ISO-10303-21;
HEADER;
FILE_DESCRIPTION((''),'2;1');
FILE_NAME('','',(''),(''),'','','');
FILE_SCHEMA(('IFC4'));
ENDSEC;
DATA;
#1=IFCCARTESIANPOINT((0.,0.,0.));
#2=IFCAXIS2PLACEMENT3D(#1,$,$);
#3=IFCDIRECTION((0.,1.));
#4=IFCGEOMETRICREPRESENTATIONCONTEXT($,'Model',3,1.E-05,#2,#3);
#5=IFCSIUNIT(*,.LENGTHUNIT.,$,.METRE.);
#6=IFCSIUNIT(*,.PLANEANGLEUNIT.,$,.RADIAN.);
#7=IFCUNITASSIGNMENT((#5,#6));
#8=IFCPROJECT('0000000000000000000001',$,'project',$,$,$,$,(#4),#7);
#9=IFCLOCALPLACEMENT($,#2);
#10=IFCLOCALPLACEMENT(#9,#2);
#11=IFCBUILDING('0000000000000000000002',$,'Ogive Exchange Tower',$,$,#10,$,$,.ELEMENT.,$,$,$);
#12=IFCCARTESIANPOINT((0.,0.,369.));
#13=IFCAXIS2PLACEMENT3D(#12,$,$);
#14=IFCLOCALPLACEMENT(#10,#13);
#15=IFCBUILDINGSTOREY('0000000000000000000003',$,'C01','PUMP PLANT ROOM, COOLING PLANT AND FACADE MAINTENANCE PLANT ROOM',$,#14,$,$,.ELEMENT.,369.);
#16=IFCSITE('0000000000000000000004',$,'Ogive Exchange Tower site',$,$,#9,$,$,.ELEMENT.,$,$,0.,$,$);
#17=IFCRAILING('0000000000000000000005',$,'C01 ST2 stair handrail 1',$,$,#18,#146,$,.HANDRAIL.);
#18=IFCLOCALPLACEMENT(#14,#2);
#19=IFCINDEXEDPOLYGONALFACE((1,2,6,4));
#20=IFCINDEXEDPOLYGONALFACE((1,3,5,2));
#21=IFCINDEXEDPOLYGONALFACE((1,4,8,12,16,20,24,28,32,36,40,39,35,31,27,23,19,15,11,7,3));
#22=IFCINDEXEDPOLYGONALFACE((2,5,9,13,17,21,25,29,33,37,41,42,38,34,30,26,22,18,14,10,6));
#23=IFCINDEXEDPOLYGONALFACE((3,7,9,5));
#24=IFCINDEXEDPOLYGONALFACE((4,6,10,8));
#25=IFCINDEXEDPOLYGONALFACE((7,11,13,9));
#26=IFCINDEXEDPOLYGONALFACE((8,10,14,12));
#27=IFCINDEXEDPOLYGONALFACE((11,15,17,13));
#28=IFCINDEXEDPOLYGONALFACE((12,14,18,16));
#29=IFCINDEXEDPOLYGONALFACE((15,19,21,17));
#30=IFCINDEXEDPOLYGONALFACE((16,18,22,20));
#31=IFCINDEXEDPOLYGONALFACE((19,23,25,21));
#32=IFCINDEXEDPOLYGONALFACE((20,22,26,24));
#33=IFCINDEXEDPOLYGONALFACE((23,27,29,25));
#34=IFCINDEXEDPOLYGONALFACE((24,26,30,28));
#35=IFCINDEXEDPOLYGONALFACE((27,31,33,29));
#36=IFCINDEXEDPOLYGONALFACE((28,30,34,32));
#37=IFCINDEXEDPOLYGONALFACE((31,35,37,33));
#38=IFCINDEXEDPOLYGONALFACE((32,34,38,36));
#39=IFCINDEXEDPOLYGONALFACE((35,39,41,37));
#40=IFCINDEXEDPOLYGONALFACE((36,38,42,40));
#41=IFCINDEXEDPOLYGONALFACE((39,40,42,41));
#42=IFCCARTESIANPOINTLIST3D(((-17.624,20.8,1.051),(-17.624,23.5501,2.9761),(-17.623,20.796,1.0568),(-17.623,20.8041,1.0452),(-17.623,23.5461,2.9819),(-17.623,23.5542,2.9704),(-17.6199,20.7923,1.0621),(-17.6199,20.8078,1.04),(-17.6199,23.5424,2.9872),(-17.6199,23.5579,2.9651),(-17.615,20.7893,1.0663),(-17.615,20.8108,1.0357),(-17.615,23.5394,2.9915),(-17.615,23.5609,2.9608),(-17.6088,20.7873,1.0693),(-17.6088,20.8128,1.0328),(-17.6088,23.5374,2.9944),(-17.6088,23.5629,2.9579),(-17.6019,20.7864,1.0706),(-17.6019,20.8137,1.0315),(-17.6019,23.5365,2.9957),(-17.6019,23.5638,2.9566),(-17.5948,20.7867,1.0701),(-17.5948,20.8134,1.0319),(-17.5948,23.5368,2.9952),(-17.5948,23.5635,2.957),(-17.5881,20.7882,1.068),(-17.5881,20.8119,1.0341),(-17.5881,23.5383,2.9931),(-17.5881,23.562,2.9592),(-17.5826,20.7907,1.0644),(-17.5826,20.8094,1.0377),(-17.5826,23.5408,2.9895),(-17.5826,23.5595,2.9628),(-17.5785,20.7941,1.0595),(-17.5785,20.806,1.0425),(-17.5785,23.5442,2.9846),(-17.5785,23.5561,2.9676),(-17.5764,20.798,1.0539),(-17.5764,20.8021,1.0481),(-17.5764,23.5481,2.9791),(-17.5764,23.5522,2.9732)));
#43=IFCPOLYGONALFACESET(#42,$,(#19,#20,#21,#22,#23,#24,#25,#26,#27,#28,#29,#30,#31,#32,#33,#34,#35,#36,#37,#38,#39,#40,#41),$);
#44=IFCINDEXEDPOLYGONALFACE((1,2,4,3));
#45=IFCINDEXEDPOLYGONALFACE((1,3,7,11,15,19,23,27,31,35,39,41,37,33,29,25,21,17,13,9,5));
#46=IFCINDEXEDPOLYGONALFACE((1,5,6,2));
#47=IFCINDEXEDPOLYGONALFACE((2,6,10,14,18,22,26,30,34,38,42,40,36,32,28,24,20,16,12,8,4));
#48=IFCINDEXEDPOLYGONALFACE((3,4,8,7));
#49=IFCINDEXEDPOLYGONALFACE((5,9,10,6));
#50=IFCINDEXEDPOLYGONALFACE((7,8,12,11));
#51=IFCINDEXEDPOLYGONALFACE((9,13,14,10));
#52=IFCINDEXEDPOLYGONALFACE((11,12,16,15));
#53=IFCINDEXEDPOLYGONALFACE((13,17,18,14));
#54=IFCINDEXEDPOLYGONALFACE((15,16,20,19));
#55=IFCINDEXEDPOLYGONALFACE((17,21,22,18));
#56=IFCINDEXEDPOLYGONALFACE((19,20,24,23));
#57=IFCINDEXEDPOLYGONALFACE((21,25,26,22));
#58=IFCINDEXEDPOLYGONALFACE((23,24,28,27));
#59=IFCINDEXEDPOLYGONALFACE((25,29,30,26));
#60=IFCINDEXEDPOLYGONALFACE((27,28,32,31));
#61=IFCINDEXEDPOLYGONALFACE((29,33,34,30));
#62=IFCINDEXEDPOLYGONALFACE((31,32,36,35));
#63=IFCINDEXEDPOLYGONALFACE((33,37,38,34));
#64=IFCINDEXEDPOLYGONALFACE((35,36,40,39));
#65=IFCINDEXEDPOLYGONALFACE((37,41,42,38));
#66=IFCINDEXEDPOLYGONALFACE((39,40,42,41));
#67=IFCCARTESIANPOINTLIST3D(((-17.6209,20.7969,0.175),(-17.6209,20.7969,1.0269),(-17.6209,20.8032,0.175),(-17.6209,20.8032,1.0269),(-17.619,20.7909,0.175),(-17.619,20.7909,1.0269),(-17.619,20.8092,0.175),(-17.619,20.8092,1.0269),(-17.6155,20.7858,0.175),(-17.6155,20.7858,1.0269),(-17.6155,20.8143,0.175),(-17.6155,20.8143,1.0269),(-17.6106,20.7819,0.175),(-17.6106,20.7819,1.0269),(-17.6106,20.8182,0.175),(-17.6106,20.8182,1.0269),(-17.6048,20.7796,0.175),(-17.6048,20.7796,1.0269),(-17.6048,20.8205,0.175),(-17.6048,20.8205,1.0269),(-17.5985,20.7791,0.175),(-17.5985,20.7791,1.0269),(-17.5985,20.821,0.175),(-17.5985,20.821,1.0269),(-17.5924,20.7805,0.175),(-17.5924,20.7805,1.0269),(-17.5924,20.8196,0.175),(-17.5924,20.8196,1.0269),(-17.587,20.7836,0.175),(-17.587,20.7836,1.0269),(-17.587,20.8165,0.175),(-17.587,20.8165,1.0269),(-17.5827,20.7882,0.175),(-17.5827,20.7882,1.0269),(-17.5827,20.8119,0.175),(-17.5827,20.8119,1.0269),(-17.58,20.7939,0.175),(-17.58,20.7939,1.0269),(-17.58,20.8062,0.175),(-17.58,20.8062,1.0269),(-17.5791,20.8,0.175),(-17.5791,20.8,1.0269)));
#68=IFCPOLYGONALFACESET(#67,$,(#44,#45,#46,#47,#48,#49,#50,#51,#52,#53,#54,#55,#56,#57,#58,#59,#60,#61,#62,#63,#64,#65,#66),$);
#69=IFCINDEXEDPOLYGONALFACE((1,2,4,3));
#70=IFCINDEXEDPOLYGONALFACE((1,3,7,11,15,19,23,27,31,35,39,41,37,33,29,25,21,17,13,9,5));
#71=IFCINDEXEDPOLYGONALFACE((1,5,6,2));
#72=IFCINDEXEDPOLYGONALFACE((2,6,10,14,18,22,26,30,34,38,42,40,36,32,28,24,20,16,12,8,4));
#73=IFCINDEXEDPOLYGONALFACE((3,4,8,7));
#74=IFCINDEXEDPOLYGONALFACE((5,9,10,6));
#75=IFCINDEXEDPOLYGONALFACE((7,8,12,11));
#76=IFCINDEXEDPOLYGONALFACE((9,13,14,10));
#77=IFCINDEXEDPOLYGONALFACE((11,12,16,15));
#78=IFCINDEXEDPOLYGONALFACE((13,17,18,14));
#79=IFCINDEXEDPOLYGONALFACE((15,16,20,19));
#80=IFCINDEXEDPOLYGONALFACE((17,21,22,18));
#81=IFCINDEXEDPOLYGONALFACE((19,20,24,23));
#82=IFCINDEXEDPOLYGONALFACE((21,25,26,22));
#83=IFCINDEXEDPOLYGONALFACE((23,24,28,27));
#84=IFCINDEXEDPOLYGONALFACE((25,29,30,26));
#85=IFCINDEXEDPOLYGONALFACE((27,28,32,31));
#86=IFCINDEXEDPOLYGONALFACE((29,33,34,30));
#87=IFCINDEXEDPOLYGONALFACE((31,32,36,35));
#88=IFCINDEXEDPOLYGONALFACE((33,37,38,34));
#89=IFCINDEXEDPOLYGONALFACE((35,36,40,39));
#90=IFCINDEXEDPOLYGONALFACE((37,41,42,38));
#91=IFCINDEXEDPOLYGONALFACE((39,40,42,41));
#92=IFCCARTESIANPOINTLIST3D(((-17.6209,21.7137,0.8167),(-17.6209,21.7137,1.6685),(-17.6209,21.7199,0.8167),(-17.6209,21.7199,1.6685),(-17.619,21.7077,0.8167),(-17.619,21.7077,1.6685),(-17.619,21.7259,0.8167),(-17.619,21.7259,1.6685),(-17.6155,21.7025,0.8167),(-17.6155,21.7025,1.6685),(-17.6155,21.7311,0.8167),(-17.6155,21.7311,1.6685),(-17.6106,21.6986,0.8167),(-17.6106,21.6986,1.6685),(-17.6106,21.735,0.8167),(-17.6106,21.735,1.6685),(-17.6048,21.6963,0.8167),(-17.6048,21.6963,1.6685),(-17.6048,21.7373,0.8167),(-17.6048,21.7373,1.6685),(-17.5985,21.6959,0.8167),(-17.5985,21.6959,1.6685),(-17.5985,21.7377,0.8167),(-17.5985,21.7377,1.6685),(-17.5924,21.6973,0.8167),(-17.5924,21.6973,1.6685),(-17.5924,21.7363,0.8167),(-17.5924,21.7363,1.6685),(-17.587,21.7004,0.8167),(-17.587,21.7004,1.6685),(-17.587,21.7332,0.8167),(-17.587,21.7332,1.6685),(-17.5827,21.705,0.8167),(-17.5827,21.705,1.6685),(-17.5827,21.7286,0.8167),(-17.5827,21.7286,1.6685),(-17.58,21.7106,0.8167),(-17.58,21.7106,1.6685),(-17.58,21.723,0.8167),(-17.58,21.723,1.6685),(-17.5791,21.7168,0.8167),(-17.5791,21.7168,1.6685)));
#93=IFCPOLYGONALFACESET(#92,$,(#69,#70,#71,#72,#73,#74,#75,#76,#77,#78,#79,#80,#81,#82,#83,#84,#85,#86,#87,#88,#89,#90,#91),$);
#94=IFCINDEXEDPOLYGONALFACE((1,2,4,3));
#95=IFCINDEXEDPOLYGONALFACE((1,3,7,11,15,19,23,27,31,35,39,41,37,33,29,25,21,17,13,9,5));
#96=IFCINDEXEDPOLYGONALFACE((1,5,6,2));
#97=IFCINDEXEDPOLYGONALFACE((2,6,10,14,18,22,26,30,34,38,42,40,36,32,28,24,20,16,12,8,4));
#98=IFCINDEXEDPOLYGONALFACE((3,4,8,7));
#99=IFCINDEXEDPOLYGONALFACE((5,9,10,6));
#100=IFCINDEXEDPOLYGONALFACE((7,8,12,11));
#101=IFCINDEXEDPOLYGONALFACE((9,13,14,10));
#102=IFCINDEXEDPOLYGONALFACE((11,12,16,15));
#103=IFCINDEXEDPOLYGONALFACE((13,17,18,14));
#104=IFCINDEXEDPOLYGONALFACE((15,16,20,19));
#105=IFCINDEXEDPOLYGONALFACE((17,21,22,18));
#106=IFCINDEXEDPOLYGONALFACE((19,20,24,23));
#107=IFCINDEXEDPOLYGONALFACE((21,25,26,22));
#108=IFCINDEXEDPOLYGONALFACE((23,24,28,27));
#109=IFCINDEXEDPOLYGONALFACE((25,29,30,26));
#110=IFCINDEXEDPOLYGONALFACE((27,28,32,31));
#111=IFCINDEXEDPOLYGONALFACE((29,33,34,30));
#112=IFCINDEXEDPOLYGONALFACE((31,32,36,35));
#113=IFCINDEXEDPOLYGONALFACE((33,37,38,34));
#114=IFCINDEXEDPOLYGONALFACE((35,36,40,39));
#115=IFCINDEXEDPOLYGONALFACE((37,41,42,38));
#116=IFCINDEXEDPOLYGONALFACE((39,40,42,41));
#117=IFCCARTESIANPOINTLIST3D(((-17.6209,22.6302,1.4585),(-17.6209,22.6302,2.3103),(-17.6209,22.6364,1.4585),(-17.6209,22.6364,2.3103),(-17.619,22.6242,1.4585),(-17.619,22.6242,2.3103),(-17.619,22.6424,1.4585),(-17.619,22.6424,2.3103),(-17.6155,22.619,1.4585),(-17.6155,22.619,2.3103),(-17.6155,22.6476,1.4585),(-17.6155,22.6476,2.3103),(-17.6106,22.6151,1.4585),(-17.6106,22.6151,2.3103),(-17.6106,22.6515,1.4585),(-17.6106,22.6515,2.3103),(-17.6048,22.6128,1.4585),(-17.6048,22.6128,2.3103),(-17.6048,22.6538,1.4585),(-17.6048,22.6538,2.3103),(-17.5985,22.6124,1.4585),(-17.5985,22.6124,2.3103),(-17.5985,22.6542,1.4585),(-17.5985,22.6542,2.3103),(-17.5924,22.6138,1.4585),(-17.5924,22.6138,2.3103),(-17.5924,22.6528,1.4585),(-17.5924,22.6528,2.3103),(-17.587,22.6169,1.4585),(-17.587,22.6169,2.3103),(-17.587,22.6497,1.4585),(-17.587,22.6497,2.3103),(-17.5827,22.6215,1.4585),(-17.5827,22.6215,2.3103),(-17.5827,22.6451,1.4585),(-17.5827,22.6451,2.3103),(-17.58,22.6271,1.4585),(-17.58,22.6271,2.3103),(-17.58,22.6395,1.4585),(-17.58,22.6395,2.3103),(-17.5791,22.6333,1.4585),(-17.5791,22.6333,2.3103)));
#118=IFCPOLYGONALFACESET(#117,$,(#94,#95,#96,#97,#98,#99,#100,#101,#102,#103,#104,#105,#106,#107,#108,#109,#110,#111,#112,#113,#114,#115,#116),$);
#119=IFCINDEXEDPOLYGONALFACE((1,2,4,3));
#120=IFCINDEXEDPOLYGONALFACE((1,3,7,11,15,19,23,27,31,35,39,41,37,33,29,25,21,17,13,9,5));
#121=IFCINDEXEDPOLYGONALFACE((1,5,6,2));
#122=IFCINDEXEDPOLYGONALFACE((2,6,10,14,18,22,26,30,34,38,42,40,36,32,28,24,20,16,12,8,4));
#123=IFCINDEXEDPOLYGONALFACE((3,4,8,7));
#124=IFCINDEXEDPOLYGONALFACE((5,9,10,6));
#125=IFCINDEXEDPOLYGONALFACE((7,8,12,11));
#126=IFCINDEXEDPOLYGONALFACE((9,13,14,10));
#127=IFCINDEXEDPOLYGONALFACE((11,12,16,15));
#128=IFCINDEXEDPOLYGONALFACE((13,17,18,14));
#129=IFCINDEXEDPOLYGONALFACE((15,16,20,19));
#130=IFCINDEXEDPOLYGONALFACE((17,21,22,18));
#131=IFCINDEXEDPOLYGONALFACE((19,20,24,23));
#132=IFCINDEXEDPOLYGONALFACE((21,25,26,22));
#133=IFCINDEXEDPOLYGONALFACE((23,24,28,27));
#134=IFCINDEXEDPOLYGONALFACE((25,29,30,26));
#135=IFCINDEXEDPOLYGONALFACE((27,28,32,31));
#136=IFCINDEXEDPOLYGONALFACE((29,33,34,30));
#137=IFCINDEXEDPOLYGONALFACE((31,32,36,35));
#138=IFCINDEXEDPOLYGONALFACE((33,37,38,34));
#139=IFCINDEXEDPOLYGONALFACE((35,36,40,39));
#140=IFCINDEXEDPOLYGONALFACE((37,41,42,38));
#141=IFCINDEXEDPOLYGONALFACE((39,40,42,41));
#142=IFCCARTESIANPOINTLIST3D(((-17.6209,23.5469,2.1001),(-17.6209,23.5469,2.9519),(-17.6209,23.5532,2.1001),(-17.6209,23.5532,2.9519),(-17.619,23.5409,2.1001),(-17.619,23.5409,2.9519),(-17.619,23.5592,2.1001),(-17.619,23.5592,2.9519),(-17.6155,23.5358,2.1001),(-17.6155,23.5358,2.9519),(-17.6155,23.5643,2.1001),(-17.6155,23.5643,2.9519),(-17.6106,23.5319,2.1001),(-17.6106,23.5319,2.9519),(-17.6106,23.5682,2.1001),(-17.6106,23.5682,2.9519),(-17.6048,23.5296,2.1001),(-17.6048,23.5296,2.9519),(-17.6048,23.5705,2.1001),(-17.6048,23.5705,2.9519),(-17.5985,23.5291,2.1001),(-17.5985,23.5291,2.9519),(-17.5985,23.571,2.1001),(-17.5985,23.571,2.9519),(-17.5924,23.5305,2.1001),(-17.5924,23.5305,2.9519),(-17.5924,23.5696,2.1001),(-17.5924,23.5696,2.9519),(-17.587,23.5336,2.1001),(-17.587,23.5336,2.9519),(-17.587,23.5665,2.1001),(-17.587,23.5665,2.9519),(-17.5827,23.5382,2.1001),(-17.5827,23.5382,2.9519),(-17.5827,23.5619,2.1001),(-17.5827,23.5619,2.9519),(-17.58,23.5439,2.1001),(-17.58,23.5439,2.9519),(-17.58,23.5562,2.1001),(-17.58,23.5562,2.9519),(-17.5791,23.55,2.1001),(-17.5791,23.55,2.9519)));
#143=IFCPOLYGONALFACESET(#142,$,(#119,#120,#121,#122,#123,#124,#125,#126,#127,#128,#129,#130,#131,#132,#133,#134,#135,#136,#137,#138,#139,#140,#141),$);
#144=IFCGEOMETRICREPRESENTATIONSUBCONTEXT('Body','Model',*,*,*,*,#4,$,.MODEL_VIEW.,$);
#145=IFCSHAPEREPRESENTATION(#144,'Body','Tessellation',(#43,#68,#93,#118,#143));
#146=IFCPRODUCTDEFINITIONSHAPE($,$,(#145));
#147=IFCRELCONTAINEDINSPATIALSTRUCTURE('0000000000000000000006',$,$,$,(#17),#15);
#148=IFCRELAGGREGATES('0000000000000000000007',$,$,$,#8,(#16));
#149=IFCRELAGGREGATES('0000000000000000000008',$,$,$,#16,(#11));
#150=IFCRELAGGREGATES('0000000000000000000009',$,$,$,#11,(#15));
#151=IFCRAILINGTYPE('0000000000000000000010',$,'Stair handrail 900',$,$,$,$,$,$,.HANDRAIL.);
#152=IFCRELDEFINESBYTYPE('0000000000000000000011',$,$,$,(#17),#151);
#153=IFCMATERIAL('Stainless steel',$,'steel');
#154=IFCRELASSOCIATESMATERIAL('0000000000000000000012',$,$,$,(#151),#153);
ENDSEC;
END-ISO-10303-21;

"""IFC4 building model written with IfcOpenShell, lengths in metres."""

from ifc_helpers import new_model, si_unit, direction, frame, origin, origin_2d, place, context, subcontext, project, spatial, circle, extrude, material, type_object, element, save


model = new_model("IFC4")

# Units and contexts
model_context = context("Model", 3, precision=1e-05, world=origin(), true_north=direction((0.0, 1.0)))
body_context = subcontext(model_context, "Body", "Model", "MODEL_VIEW")
ifc_project = project(units=[si_unit("LENGTHUNIT", "METRE"), si_unit("PLANEANGLEUNIT", "RADIAN")], contexts=[model_context])

# Site, building, storey
site_placement = place(None, origin())
site = spatial("IfcSite", under=ifc_project, at=site_placement, Name="Ogive Exchange Tower site", CompositionType="ELEMENT", RefElevation=0.0)
building_placement = place(site_placement, origin())
building = spatial("IfcBuilding", under=site, at=building_placement, Name="Ogive Exchange Tower", CompositionType="ELEMENT")
storey_placement = place(building_placement, frame((0.0, 0.0, 369.0)))
storey = spatial("IfcBuildingStorey", under=building, at=storey_placement, Name="C01", Description="PUMP PLANT ROOM, COOLING PLANT AND FACADE MAINTENANCE PLANT ROOM", CompositionType="ELEMENT", Elevation=369.0)

# Railing
ifc_material_1 = material(Name="Stainless steel", Category="steel")
railing_type = type_object("IfcRailingType", Name="Stair handrail 900", PredefinedType="HANDRAIL", material=ifc_material_1)
railing_placement = place(storey_placement, frame((-17.6001, 20.8, 0.175)))
element("IfcRailing", 1, at=railing_placement, inside=storey, type_object=railing_type, Name="C01 ST2 stair handrail 1", PredefinedType="HANDRAIL", context=body_context, shape_type="SweptSolid", body=[
    extrude(circle(Radius=0.0239, at=origin_2d()), frame((0.0, 0.0, 0.876), z_axis=(0.0, 0.819225, 0.573472), x_axis=(-1.0, 0.0, 0.0)), (0.0, 0.0, 1.0), 3.3569),
    extrude(circle(Radius=0.021, at=origin_2d()), origin(), (0.0, 0.0, 1.0), 0.8518),
    extrude(circle(Radius=0.021, at=origin_2d()), frame((0.0, 0.9167, 0.6416)), (0.0, 0.0, 1.0), 0.8518),
    extrude(circle(Radius=0.021, at=origin_2d()), frame((0.0, 1.8333, 1.2834)), (0.0, 0.0, 1.0), 0.8518),
    extrude(circle(Radius=0.021, at=origin_2d()), frame((0.0, 2.75, 1.925)), (0.0, 0.0, 1.0), 0.8518),
])

save(model, "model.ifc")
